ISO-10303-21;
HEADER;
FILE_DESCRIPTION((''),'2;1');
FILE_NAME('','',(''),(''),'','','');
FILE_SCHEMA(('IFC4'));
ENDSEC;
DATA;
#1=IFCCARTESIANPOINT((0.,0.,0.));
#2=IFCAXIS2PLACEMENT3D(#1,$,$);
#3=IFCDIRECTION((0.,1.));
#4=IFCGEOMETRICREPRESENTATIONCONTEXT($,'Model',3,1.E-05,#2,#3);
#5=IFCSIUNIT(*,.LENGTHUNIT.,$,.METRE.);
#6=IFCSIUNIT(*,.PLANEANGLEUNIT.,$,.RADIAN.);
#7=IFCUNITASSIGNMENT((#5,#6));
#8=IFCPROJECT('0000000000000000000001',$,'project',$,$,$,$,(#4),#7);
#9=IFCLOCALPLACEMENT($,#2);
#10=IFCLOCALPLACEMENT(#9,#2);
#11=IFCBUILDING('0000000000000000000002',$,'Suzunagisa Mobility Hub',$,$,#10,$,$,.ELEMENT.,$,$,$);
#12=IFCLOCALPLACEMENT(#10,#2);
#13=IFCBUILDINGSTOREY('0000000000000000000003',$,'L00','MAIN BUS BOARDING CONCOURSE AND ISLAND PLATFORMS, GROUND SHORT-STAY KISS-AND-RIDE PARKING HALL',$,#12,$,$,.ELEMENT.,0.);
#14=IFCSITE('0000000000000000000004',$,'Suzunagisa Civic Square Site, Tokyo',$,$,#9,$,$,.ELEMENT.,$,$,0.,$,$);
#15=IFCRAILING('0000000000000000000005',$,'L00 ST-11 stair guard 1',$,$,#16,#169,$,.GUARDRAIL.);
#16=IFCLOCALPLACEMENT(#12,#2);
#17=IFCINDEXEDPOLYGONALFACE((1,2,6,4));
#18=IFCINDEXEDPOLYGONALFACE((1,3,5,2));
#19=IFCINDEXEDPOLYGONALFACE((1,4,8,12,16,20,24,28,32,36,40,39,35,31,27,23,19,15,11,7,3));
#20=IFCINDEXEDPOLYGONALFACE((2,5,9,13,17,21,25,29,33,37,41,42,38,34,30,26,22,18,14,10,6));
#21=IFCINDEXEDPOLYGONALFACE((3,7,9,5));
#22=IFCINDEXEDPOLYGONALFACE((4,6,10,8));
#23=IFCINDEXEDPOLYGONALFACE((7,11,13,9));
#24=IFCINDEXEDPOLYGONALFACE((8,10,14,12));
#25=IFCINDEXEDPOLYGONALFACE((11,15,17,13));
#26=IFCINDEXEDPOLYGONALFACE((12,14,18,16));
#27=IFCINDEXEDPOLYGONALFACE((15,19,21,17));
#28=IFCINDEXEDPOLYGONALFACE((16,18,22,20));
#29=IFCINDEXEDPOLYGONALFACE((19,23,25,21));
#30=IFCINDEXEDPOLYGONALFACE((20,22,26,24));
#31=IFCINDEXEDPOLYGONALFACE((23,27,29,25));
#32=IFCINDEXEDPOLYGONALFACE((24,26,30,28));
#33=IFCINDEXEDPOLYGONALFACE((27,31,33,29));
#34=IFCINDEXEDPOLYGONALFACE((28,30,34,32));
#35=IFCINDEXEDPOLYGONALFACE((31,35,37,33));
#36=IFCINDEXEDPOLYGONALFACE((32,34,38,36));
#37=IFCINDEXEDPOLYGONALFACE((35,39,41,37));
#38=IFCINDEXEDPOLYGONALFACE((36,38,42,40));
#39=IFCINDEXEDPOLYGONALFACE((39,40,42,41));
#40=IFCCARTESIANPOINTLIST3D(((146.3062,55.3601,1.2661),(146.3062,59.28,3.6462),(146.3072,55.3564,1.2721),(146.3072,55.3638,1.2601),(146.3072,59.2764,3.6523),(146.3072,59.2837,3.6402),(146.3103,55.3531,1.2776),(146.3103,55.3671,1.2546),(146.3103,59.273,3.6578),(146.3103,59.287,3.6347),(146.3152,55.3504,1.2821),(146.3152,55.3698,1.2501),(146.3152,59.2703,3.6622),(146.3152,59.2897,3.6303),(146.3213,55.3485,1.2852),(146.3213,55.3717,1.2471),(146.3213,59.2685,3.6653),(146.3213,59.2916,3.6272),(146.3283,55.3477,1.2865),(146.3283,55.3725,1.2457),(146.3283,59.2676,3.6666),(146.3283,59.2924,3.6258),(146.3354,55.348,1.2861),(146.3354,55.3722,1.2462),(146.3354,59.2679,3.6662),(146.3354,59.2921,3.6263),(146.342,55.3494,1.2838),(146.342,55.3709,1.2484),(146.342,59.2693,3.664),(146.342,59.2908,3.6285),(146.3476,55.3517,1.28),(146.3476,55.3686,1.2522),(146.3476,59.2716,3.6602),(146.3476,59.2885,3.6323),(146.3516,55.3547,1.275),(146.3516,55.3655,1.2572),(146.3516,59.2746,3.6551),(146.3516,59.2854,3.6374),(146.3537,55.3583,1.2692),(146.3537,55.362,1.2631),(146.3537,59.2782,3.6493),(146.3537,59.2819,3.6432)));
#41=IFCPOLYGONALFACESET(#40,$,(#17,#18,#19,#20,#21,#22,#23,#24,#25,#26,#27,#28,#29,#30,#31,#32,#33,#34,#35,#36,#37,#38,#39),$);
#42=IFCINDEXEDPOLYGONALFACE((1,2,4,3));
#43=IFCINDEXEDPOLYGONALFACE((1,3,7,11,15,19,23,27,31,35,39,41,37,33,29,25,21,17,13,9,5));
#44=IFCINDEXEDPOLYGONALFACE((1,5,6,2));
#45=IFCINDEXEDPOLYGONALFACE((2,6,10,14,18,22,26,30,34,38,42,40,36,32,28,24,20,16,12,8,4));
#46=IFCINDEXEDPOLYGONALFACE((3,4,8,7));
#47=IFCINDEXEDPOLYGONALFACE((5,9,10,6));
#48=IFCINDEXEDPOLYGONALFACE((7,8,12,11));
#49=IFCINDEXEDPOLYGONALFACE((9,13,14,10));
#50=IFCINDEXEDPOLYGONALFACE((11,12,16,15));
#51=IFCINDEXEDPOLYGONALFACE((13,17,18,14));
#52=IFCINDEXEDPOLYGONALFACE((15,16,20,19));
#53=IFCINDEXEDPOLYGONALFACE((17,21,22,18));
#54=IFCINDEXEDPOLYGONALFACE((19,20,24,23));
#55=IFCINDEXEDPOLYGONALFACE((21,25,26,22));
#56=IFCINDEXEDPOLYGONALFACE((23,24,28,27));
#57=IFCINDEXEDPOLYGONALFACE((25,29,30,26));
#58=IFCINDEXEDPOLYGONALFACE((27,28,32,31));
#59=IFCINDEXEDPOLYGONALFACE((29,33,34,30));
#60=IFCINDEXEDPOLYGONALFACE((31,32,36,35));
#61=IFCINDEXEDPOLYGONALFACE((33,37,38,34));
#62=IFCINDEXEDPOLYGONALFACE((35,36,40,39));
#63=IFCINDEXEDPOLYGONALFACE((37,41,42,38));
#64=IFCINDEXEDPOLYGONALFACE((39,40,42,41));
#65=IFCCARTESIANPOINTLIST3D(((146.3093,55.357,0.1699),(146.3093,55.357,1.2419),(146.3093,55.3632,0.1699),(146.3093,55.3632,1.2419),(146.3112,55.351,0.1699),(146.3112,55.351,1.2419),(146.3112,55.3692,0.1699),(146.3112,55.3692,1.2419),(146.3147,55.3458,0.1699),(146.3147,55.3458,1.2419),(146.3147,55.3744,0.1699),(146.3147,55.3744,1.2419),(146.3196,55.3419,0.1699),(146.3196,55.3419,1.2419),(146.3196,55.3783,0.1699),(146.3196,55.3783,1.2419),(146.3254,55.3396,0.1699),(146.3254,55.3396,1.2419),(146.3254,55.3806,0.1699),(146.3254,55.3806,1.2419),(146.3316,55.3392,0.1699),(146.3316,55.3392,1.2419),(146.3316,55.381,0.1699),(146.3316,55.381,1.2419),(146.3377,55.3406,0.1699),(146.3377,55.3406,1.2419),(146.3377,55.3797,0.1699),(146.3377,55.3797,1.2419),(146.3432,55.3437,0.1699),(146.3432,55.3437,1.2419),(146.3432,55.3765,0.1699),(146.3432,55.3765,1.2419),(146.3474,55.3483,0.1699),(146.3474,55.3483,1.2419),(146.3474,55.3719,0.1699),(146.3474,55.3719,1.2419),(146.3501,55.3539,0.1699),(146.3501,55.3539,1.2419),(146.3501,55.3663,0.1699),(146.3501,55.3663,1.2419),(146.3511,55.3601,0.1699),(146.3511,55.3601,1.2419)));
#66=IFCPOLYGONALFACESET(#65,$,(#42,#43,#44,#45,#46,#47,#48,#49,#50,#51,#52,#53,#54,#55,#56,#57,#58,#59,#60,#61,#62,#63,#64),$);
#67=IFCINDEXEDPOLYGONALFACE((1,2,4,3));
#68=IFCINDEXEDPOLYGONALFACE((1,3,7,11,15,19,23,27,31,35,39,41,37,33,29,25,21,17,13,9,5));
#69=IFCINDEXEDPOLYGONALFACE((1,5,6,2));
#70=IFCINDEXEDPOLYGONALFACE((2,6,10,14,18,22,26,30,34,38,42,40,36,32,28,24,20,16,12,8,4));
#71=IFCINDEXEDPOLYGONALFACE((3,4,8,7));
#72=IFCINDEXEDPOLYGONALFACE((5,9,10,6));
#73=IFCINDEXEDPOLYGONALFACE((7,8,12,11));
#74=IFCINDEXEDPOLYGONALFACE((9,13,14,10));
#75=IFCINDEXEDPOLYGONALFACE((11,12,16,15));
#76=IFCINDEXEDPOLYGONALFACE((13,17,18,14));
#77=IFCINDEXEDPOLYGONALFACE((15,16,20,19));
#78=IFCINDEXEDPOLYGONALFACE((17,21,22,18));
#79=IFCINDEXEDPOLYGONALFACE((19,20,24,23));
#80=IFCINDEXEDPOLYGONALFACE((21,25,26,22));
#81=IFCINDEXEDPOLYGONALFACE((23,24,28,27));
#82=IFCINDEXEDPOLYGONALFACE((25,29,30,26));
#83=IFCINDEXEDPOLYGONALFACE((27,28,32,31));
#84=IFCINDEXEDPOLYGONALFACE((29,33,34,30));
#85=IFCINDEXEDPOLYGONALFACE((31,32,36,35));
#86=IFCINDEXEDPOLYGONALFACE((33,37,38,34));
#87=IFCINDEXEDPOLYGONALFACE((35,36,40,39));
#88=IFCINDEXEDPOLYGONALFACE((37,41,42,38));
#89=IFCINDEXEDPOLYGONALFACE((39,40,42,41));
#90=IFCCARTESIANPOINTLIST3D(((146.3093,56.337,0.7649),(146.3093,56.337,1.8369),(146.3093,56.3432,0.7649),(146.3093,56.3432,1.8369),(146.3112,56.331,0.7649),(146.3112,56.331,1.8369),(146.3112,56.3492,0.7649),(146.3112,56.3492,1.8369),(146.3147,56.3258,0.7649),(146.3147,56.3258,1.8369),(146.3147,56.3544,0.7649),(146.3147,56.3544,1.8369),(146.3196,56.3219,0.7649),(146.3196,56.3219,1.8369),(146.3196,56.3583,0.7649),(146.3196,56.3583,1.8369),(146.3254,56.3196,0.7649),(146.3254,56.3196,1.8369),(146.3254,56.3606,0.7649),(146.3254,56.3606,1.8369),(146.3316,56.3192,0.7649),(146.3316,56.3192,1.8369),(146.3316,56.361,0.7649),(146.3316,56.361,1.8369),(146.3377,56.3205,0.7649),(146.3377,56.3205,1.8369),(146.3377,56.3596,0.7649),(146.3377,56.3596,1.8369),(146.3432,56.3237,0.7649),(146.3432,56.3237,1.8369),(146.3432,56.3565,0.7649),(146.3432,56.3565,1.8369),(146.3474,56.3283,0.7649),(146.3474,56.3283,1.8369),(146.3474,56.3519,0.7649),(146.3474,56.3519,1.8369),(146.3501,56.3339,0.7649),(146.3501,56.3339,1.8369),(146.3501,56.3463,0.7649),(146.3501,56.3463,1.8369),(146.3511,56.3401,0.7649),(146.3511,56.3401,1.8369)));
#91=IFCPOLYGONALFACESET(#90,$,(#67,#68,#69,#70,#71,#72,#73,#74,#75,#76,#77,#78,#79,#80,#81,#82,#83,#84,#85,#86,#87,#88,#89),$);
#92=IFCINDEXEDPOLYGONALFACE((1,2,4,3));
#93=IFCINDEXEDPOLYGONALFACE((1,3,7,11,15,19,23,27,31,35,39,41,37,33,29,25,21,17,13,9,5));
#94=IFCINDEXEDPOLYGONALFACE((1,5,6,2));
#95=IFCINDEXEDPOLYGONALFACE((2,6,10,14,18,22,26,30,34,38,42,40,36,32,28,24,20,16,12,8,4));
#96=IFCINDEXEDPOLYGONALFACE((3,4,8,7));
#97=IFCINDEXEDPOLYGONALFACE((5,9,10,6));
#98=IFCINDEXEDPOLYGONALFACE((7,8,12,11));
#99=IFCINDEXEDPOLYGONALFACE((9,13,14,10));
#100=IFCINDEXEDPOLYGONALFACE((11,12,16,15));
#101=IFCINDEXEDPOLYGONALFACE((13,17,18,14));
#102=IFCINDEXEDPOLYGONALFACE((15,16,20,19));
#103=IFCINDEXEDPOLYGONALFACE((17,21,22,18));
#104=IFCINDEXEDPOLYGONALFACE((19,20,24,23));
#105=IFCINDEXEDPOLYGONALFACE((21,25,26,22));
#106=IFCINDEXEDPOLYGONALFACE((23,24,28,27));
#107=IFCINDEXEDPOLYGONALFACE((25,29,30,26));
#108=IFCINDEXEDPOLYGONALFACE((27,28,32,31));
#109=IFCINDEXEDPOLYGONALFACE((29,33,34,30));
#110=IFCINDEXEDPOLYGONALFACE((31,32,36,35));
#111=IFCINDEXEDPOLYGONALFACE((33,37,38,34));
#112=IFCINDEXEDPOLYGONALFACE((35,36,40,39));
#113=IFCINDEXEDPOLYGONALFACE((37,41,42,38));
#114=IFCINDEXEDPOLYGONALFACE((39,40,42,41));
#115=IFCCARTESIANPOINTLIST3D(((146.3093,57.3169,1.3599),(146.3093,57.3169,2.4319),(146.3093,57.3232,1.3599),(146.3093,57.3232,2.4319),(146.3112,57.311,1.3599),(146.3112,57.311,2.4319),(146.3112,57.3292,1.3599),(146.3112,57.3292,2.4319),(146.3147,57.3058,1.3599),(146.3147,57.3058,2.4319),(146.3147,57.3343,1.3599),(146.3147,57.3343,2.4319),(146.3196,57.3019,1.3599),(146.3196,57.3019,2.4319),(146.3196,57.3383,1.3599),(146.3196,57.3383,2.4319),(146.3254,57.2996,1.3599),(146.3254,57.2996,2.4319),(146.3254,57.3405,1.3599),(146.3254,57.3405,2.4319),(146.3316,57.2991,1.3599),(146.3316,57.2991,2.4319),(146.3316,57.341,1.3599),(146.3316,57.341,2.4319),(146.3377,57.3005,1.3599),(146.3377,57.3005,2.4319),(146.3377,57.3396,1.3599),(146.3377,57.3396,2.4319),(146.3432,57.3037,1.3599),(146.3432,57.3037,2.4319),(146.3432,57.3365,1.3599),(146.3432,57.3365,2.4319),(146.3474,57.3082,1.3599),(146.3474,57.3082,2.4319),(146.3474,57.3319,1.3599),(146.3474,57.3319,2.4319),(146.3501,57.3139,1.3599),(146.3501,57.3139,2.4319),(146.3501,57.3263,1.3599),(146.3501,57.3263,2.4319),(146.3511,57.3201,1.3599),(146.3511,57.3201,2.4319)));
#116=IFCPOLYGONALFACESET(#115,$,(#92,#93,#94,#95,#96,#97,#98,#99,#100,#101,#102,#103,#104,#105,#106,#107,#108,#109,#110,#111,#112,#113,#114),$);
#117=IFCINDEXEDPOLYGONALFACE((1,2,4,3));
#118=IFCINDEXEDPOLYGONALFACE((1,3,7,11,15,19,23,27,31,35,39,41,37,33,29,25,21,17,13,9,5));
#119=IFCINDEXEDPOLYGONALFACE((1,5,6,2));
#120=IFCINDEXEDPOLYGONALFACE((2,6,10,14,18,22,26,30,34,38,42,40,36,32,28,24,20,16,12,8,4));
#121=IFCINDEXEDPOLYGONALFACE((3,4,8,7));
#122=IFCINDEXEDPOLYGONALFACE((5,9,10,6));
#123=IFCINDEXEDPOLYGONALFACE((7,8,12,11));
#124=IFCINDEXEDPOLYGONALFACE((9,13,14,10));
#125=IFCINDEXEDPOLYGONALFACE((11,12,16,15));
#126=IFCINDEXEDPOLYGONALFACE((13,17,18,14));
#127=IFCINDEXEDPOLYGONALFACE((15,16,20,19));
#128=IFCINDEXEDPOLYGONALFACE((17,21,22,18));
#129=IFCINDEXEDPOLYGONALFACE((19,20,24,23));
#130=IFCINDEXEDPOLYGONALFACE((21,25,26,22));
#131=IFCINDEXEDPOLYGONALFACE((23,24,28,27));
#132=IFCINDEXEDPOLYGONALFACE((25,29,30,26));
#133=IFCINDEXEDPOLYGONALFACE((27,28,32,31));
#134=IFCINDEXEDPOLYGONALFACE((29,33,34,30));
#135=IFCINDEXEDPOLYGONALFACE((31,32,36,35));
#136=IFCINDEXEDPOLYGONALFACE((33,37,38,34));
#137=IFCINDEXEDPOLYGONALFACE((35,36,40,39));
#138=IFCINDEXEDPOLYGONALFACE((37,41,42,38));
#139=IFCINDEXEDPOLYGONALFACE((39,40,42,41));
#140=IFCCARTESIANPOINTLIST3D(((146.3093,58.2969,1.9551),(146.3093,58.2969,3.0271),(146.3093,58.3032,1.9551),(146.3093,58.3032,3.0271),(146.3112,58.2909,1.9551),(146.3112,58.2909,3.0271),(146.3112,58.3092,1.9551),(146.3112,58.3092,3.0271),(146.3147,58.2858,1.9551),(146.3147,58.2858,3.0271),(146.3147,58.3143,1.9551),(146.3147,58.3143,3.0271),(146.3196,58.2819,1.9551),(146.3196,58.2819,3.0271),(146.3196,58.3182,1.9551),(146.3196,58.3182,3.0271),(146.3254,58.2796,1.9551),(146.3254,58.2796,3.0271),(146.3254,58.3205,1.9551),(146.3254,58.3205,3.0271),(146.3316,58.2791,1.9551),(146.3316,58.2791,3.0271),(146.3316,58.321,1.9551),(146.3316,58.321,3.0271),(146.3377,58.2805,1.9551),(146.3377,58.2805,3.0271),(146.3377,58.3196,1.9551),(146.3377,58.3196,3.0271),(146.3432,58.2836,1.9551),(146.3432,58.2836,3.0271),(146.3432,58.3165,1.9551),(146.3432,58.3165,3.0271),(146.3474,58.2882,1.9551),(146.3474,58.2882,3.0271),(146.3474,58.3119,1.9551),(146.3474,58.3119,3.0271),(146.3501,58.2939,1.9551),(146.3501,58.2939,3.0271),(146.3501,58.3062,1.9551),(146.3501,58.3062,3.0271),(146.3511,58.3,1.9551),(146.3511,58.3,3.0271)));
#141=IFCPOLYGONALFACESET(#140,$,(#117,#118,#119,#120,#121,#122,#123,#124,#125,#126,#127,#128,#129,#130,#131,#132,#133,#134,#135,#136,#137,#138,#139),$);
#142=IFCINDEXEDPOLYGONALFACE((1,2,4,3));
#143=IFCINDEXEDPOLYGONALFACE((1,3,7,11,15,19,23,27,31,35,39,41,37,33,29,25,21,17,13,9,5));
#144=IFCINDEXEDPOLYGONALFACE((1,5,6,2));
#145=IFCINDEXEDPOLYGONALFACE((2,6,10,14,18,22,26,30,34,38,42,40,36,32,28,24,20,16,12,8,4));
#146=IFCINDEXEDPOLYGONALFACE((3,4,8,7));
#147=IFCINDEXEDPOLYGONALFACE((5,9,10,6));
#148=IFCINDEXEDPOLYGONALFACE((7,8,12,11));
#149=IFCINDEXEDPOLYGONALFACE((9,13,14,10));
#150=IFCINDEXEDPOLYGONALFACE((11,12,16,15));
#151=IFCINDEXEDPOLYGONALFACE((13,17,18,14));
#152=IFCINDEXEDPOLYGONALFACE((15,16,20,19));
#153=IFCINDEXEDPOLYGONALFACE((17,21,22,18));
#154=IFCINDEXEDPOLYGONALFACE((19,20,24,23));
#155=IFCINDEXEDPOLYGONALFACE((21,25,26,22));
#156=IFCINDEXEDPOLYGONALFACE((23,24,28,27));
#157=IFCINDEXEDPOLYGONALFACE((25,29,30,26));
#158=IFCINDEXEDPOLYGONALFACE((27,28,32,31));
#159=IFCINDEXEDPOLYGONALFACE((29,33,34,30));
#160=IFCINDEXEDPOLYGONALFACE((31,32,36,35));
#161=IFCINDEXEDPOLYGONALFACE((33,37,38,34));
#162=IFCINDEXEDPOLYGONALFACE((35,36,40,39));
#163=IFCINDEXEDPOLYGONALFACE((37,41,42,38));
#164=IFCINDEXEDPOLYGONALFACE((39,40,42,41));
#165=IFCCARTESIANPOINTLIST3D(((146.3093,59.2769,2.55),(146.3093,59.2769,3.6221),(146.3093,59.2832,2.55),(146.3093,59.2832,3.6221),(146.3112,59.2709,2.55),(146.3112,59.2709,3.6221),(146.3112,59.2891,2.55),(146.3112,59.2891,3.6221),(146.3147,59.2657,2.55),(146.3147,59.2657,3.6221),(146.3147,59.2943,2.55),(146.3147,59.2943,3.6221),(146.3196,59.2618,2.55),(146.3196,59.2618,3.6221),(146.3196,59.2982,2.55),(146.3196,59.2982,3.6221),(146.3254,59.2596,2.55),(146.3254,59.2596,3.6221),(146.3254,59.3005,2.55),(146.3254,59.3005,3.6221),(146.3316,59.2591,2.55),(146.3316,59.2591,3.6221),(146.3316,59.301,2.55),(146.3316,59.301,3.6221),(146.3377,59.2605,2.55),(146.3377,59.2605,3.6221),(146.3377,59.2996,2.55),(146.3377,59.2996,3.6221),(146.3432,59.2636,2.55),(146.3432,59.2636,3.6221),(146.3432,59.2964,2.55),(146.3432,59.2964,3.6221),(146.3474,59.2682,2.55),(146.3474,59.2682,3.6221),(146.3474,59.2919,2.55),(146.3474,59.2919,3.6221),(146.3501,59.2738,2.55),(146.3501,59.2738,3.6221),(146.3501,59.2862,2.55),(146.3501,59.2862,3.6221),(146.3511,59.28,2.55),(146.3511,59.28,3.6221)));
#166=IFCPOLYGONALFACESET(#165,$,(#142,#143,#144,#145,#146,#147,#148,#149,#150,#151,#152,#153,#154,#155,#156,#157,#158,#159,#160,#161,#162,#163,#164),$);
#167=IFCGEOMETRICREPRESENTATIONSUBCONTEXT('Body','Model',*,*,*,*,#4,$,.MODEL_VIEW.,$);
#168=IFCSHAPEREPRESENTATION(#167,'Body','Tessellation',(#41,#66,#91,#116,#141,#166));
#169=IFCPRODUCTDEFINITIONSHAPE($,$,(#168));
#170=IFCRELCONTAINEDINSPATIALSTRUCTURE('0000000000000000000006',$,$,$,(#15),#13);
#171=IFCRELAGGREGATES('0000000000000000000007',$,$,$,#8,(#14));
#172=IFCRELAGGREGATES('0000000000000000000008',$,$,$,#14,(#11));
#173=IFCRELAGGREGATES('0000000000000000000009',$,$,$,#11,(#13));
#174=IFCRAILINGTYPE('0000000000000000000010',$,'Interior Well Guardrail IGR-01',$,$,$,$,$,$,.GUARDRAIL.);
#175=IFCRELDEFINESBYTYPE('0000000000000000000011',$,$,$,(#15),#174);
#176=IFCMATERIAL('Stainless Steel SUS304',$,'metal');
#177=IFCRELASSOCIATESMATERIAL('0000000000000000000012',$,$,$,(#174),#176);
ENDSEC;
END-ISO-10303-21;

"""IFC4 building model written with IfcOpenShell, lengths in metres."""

from ifc_helpers import new_model, si_unit, direction, frame, origin, origin_2d, place, context, subcontext, project, spatial, circle, extrude, material, type_object, element, save


model = new_model("IFC4")

# Units and contexts
model_context = context("Model", 3, precision=1e-05, world=origin(), true_north=direction((0.0, 1.0)))
body_context = subcontext(model_context, "Body", "Model", "MODEL_VIEW")
ifc_project = project(units=[si_unit("LENGTHUNIT", "METRE"), si_unit("PLANEANGLEUNIT", "RADIAN")], contexts=[model_context])

# Site, building, storey
site_placement = place(None, origin())
site = spatial("IfcSite", under=ifc_project, at=site_placement, Name="Suzunagisa Civic Square Site, Tokyo", CompositionType="ELEMENT", RefElevation=0.0)
building_placement = place(site_placement, origin())
building = spatial("IfcBuilding", under=site, at=building_placement, Name="Suzunagisa Mobility Hub", CompositionType="ELEMENT")
storey_placement = place(building_placement, origin())
storey = spatial("IfcBuildingStorey", under=building, at=storey_placement, Name="L00", Description="MAIN BUS BOARDING CONCOURSE AND ISLAND PLATFORMS, GROUND SHORT-STAY KISS-AND-RIDE PARKING HALL", CompositionType="ELEMENT", Elevation=0.0)

# Railing
ifc_material_1 = material(Name="Stainless Steel SUS304", Category="metal")
railing_type_1 = type_object("IfcRailingType", Name="Interior Well Guardrail IGR-01", PredefinedType="GUARDRAIL", material=ifc_material_1)
railing_1_placement = place(storey_placement, frame((146.3301, 55.3601, 0.1699)))
element("IfcRailing", 1, at=railing_1_placement, inside=storey, type_object=railing_type_1, Name="L00 ST-11 stair guard 1", PredefinedType="GUARDRAIL", context=body_context, shape_type="SweptSolid", body=[
    extrude(circle(Radius=0.0239, at=origin_2d()), frame((0.0, 0.0, 1.0962), z_axis=(0.0, 0.854771, 0.519006), x_axis=(-1.0, 0.0, 0.0)), (0.0, 0.0, 1.0), 4.5859),
    extrude(circle(Radius=0.021, at=origin_2d()), origin(), (0.0, 0.0, 1.0), 1.072),
    extrude(circle(Radius=0.021, at=origin_2d()), frame((0.0, 0.98, 0.595)), (0.0, 0.0, 1.0), 1.072),
    extrude(circle(Radius=0.021, at=origin_2d()), frame((0.0, 1.96, 1.1899)), (0.0, 0.0, 1.0), 1.072),
    extrude(circle(Radius=0.021, at=origin_2d()), frame((0.0, 2.9399, 1.7852)), (0.0, 0.0, 1.0), 1.072),
    extrude(circle(Radius=0.021, at=origin_2d()), frame((0.0, 3.9199, 2.3801)), (0.0, 0.0, 1.0), 1.072),
])

save(model, "model.ifc")
